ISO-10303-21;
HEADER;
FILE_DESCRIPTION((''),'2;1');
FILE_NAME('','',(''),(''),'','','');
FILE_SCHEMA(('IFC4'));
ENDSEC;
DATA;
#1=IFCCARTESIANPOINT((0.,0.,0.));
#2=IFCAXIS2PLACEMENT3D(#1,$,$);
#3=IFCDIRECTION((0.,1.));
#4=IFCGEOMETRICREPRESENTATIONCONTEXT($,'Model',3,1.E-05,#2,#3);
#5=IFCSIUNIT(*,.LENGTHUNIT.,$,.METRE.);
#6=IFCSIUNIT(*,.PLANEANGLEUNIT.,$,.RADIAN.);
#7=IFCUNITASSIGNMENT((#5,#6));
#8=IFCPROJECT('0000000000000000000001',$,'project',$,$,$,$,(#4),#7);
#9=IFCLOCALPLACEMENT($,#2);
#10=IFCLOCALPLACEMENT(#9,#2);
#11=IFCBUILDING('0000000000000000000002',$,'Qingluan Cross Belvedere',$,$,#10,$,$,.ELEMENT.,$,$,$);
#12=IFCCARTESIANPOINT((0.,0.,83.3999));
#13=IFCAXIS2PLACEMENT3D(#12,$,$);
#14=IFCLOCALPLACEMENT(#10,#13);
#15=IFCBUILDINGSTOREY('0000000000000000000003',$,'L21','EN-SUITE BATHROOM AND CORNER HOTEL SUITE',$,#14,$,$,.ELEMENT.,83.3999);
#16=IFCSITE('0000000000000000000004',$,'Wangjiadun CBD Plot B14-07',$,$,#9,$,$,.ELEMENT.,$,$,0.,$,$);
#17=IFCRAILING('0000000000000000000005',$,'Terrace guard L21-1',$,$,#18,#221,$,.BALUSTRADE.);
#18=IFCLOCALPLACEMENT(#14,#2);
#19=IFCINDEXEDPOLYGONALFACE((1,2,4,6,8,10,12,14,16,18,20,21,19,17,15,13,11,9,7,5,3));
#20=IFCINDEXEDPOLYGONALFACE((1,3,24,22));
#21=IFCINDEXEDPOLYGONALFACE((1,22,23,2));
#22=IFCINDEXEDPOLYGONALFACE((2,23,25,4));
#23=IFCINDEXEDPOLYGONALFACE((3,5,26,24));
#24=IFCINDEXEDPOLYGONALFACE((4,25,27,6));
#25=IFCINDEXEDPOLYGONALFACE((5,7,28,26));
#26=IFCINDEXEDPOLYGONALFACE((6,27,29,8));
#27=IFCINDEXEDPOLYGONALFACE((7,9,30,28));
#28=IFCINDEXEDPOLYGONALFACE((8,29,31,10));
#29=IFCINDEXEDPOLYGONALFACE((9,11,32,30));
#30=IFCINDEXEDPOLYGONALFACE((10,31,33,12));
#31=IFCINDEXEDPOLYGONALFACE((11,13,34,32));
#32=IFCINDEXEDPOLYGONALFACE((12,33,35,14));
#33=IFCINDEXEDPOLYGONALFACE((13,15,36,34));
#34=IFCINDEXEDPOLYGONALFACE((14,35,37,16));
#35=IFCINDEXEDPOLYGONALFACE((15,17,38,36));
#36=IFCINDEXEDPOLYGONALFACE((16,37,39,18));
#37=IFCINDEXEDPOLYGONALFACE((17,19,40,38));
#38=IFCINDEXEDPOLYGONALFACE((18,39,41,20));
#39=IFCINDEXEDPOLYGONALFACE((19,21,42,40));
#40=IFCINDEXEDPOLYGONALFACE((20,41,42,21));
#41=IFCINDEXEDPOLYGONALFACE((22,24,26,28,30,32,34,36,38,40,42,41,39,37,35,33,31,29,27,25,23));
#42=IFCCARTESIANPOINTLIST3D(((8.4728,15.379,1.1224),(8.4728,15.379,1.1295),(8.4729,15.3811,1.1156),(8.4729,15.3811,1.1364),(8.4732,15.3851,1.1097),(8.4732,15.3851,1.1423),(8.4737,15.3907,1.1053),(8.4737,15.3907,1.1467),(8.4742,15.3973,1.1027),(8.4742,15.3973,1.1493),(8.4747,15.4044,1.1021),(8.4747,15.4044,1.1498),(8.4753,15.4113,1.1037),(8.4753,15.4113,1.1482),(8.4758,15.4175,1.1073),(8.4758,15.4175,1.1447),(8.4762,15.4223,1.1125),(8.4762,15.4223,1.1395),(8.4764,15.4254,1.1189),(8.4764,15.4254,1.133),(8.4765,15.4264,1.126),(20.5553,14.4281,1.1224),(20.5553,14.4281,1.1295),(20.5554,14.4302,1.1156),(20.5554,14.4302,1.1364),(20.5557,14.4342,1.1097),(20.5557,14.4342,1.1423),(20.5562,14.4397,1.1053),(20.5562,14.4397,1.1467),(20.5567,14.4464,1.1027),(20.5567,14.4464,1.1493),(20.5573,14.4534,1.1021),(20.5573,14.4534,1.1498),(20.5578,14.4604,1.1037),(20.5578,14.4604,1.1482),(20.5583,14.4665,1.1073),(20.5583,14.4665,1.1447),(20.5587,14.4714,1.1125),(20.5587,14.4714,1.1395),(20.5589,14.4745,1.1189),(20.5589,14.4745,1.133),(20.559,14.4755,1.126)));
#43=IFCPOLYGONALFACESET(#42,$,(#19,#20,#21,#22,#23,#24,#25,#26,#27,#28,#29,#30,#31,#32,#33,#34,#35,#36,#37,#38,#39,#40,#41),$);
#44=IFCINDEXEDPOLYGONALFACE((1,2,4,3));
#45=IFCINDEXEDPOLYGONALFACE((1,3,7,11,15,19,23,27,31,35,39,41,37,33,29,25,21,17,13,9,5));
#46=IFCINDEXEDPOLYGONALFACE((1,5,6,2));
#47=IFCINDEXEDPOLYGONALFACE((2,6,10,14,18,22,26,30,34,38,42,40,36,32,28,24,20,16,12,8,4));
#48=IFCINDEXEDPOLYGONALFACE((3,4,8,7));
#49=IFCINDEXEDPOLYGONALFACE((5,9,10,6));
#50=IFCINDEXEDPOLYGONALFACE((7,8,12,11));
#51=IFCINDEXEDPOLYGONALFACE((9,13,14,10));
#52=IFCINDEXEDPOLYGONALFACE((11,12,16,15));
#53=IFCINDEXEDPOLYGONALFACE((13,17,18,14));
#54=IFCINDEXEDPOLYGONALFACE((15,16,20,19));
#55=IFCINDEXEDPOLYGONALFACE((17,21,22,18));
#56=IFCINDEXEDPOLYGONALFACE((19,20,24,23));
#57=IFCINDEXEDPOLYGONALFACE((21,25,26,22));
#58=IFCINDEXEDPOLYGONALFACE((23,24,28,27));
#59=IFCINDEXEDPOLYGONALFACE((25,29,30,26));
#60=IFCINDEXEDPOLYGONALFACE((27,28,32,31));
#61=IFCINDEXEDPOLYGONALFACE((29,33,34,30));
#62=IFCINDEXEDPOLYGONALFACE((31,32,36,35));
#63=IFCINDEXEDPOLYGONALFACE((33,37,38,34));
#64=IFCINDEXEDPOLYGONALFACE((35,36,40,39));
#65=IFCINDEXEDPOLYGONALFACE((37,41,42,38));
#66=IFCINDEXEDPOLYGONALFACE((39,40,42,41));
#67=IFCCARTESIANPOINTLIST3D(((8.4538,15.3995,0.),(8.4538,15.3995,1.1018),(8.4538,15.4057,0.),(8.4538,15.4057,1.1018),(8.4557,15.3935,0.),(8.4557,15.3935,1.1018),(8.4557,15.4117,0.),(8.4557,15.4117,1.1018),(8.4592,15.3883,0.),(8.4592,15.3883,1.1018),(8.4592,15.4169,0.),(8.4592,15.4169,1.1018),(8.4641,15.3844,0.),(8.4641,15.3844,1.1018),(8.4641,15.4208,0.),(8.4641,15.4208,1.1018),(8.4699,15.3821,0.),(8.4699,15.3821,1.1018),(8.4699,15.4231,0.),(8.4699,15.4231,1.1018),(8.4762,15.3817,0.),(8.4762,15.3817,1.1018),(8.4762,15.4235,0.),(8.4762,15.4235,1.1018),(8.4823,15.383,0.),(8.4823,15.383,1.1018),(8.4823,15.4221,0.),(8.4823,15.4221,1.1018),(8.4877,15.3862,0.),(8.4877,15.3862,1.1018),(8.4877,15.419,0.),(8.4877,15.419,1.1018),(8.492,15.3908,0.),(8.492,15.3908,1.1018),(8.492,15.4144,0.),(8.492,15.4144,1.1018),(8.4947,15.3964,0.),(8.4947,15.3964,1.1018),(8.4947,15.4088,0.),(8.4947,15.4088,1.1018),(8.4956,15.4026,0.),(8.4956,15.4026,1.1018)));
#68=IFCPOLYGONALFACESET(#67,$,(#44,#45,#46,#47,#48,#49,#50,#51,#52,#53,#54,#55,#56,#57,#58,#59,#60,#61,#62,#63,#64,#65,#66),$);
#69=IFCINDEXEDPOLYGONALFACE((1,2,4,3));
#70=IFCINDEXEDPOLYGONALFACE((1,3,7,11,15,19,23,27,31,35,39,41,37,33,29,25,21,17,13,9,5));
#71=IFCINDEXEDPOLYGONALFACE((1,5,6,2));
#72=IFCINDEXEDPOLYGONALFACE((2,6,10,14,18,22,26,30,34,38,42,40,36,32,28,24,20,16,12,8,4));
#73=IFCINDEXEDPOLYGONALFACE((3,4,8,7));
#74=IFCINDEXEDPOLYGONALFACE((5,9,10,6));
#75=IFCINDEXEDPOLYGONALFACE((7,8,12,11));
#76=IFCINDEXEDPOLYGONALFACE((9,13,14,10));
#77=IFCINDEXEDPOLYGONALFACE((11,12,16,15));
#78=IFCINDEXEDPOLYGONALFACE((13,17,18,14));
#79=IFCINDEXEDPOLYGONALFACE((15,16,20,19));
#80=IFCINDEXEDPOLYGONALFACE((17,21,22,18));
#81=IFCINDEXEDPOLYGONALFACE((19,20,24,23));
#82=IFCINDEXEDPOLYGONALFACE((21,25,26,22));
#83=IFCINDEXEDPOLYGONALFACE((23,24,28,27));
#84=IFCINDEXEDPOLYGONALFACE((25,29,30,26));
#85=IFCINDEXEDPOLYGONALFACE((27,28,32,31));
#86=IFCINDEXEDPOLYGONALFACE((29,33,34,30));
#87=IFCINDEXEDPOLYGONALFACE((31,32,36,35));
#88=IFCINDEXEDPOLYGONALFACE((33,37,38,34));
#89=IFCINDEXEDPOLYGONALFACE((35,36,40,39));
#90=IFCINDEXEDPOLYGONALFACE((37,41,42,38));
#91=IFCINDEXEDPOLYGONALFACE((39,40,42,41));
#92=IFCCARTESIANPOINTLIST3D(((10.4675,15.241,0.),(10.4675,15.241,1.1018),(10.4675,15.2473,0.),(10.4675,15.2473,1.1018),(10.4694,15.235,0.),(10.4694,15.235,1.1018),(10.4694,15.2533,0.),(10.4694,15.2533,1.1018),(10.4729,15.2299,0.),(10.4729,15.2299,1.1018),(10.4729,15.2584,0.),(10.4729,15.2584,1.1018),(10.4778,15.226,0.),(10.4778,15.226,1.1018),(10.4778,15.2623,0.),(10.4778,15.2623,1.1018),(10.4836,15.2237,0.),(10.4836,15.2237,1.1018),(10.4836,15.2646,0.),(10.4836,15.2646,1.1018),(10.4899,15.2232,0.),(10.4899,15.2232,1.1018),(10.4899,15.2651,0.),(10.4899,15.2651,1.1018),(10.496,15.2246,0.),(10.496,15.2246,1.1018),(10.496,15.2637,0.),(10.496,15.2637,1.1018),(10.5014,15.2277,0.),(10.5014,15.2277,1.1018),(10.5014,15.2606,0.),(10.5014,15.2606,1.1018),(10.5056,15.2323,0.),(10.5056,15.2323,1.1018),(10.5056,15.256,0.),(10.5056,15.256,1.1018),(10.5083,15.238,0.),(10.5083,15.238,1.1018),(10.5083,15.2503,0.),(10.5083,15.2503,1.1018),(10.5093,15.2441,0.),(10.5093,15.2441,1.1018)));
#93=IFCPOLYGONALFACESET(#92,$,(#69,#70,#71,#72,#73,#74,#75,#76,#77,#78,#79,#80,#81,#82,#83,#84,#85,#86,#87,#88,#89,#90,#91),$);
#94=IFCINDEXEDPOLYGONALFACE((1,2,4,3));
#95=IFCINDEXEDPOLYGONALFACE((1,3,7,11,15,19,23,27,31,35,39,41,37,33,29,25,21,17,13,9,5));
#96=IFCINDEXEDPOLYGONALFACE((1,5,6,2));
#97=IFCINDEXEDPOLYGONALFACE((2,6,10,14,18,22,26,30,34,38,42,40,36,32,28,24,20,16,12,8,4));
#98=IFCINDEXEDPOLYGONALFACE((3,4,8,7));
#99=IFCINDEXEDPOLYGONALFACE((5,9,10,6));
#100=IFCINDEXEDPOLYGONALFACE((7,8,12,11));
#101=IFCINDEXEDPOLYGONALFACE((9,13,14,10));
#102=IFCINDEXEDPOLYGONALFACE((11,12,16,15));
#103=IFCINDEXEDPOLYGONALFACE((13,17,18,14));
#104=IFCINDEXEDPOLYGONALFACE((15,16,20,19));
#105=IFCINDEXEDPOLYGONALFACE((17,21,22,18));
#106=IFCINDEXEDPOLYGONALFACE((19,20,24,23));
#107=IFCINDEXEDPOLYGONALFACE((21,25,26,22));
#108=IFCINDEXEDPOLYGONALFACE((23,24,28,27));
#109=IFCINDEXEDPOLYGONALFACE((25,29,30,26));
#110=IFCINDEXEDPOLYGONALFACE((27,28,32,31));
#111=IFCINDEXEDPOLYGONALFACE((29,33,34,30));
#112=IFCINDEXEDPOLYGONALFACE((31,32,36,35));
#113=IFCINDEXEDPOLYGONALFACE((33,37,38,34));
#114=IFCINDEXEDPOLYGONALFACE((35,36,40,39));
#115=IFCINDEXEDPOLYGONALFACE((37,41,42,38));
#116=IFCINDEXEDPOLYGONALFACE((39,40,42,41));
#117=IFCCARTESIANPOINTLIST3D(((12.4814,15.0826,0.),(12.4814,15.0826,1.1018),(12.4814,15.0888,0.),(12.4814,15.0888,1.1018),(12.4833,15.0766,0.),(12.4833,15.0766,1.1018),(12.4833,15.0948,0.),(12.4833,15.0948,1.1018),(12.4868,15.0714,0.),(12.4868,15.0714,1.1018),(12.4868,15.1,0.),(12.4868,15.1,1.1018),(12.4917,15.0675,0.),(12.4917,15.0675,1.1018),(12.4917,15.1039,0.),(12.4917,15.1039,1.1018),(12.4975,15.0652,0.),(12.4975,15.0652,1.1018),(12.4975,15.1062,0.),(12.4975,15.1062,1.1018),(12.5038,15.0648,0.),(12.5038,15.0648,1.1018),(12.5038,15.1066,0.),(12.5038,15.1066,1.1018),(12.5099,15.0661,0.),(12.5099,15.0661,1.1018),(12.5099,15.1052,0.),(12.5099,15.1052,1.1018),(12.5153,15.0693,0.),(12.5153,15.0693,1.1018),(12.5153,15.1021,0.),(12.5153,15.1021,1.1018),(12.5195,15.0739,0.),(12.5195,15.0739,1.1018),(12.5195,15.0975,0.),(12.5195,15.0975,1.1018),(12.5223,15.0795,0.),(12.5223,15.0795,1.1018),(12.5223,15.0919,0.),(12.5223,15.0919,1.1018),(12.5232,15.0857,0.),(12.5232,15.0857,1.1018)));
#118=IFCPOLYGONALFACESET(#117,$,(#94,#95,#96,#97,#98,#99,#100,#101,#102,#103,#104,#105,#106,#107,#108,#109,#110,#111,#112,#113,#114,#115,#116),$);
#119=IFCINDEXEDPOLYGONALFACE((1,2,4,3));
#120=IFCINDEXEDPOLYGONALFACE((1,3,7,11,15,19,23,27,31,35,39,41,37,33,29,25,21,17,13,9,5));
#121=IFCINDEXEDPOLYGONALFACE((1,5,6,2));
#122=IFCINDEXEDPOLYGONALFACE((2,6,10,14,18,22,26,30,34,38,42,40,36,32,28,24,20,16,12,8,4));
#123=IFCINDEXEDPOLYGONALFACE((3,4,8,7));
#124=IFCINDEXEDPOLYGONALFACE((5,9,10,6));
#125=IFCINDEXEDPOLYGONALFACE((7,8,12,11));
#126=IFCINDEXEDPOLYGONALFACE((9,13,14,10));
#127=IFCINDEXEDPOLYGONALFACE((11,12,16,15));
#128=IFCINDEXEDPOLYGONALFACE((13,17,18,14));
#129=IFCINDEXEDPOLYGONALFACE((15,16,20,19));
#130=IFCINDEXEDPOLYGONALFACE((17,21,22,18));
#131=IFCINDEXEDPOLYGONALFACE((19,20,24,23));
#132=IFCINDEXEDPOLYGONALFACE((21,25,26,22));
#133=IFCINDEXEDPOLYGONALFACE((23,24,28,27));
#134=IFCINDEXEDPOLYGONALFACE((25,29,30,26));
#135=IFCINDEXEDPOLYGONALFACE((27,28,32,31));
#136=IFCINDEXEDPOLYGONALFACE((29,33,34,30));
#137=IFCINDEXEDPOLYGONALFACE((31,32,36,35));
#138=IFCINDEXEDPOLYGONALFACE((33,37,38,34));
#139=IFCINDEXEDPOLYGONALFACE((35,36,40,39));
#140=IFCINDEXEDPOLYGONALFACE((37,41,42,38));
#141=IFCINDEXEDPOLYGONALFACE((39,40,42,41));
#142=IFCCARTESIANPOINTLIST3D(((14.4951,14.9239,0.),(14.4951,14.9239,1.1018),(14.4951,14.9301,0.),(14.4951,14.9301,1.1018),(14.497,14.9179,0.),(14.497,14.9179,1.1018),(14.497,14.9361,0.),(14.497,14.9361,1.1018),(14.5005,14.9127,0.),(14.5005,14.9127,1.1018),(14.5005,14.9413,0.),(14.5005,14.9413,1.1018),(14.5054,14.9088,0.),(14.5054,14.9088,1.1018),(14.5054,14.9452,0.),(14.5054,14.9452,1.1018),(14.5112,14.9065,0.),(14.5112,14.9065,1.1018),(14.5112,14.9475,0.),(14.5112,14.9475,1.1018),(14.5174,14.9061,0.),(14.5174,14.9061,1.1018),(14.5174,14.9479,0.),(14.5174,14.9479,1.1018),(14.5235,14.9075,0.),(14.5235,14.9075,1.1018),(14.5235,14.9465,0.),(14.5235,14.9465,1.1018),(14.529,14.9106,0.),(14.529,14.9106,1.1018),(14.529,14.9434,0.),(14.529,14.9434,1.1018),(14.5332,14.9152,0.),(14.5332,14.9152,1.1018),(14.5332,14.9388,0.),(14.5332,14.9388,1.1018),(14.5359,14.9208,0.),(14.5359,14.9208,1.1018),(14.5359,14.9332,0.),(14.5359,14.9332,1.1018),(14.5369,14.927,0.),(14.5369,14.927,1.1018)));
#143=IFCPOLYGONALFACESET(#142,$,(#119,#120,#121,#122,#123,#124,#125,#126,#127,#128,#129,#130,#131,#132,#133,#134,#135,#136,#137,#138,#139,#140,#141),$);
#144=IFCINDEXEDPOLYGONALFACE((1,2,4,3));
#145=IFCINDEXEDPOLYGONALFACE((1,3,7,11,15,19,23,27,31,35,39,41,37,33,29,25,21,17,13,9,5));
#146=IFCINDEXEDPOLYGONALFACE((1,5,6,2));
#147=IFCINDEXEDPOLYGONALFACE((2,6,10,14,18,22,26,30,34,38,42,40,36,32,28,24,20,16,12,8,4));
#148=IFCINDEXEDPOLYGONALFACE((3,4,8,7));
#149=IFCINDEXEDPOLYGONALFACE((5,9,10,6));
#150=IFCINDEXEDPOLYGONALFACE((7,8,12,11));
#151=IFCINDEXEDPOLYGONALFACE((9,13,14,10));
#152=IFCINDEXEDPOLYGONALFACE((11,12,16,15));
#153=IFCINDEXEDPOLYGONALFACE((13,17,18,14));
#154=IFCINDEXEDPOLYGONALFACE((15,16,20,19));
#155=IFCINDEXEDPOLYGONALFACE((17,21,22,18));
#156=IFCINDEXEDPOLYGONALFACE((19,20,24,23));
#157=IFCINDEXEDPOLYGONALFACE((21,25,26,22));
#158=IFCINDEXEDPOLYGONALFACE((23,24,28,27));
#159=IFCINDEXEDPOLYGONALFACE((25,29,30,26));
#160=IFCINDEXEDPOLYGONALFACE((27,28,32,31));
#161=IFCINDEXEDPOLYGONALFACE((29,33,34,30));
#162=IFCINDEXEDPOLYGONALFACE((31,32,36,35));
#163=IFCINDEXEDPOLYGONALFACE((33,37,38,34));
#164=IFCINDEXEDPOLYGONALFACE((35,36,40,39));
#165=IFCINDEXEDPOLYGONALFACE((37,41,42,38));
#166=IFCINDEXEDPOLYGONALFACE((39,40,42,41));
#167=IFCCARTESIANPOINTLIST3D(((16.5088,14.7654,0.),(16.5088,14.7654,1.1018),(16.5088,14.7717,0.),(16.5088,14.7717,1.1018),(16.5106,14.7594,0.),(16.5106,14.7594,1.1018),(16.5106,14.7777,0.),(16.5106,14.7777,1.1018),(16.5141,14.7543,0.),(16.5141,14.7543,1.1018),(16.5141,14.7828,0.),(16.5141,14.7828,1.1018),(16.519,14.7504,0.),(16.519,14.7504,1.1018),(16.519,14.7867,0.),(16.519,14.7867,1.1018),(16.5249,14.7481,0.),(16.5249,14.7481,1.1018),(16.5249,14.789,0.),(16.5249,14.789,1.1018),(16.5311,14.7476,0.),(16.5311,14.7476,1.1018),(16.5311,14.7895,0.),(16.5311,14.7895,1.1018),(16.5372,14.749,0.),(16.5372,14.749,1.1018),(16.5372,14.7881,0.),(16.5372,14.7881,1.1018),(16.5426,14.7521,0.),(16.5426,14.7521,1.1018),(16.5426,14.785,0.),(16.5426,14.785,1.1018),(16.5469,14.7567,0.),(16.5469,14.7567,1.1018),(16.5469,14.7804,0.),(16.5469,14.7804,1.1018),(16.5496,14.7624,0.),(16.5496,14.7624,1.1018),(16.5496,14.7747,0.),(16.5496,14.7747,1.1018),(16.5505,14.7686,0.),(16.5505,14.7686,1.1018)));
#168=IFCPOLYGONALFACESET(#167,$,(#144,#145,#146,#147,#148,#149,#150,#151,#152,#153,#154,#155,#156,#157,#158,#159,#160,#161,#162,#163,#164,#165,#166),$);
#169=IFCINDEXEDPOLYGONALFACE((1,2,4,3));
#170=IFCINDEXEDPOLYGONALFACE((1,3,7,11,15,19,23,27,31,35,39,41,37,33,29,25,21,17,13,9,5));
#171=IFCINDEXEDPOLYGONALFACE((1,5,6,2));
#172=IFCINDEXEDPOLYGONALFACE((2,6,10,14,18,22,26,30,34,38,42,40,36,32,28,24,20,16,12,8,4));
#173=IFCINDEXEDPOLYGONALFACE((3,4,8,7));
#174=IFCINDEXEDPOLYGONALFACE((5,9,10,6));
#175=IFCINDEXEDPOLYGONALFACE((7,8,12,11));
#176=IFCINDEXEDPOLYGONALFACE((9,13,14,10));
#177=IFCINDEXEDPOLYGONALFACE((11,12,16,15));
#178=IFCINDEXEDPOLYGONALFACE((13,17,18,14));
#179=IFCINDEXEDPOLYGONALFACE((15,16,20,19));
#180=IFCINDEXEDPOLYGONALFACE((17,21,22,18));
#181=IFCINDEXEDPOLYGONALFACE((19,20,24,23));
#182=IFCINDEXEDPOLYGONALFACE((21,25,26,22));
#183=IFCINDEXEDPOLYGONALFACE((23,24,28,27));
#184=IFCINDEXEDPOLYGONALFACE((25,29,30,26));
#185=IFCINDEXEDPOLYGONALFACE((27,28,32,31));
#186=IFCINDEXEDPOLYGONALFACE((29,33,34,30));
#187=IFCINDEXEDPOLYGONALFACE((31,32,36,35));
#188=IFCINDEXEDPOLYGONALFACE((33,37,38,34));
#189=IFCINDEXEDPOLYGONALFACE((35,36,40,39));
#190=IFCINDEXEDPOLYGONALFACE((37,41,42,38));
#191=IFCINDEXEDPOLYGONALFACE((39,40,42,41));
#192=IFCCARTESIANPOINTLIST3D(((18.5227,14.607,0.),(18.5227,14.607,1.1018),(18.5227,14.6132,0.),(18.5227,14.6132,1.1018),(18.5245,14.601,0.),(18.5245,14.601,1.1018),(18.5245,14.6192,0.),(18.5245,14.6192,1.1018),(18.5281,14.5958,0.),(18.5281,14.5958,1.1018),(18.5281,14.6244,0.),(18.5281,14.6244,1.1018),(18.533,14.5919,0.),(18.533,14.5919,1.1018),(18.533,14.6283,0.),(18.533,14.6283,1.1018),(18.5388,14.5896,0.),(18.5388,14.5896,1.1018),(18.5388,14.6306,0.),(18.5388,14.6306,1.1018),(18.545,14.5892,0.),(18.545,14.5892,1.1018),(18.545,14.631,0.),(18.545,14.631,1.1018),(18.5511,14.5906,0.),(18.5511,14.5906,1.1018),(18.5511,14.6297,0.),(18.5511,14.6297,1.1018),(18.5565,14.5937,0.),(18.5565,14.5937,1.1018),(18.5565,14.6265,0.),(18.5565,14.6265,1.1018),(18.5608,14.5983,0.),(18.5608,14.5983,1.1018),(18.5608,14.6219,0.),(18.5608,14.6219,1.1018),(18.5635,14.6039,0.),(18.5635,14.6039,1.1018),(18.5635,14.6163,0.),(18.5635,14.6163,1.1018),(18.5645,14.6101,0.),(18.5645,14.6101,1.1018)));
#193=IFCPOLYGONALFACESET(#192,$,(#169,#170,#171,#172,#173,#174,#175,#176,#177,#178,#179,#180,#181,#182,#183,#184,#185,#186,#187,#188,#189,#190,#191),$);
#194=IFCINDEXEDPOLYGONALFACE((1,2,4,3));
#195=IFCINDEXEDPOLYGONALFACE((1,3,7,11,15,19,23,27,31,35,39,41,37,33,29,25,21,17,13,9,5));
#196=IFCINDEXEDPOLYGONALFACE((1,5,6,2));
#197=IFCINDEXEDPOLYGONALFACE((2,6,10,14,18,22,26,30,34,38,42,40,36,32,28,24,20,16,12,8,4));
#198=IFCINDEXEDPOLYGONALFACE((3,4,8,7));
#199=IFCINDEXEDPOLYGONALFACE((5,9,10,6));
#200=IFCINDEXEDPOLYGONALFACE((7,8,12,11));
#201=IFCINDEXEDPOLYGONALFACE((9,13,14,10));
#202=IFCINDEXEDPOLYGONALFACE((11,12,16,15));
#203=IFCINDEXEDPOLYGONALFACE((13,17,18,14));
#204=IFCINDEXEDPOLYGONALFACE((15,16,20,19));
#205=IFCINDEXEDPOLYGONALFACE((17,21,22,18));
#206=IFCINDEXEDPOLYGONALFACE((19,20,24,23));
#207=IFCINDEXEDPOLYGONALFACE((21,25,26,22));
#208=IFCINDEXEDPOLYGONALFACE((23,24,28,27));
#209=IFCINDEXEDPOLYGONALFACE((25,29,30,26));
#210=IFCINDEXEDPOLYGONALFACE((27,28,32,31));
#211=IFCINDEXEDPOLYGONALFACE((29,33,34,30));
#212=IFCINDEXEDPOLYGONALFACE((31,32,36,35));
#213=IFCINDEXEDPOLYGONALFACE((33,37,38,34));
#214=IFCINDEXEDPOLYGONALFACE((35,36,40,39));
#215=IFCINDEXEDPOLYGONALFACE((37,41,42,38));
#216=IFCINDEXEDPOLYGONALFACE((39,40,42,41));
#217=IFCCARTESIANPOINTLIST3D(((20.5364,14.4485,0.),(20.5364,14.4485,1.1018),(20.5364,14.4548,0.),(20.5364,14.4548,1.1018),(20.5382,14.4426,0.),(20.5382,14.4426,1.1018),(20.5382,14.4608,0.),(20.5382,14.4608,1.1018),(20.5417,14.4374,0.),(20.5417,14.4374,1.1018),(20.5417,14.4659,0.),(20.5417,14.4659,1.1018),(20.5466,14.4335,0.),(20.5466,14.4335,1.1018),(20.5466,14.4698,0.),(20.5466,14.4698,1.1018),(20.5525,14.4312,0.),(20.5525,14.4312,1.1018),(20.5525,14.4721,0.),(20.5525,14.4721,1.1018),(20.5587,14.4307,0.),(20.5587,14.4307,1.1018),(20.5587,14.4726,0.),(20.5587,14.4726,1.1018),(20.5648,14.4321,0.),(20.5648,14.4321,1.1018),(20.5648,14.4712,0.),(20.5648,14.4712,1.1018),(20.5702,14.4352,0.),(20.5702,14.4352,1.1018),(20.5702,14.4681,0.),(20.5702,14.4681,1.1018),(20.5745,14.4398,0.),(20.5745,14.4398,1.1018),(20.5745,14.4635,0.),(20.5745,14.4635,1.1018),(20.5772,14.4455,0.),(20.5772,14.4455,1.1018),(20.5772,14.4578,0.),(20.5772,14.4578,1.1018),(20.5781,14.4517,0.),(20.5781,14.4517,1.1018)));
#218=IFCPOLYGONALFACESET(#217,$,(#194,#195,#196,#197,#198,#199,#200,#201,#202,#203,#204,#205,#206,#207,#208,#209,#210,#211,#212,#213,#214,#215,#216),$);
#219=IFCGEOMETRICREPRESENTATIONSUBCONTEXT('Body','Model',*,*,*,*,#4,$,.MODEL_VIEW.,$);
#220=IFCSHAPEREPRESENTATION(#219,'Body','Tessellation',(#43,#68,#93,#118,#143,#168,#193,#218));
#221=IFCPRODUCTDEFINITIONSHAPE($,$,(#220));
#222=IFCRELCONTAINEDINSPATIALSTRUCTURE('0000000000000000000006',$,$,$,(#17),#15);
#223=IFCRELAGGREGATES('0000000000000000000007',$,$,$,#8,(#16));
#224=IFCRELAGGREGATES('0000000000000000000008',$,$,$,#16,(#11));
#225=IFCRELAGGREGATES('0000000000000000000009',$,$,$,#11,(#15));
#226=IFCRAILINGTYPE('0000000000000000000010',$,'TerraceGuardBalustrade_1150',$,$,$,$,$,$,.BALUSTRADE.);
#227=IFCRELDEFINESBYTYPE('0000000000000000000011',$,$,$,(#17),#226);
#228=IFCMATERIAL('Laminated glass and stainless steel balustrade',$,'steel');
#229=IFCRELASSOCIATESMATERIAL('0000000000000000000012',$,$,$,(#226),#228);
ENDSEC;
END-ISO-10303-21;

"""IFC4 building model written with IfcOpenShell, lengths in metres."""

from ifc_helpers import new_model, si_unit, direction, frame, origin, origin_2d, place, context, subcontext, project, spatial, circle, extrude, material, type_object, element, save


model = new_model("IFC4")

# Units and contexts
model_context = context("Model", 3, precision=1e-05, world=origin(), true_north=direction((0.0, 1.0)))
body_context = subcontext(model_context, "Body", "Model", "MODEL_VIEW")
ifc_project = project(units=[si_unit("LENGTHUNIT", "METRE"), si_unit("PLANEANGLEUNIT", "RADIAN")], contexts=[model_context])

# Site, building, storey
site_placement = place(None, origin())
site = spatial("IfcSite", under=ifc_project, at=site_placement, Name="Wangjiadun CBD Plot B14-07", CompositionType="ELEMENT", RefElevation=0.0)
building_placement = place(site_placement, origin())
building = spatial("IfcBuilding", under=site, at=building_placement, Name="Qingluan Cross Belvedere", CompositionType="ELEMENT")
storey_placement = place(building_placement, frame((0.0, 0.0, 83.3999)))
storey = spatial("IfcBuildingStorey", under=building, at=storey_placement, Name="L21", Description="EN-SUITE BATHROOM AND CORNER HOTEL SUITE", CompositionType="ELEMENT", Elevation=83.3999)

# Railing
ifc_material_1 = material(Name="Laminated glass and stainless steel balustrade", Category="steel")
railing_type = type_object("IfcRailingType", Name="TerraceGuardBalustrade_1150", PredefinedType="BALUSTRADE", material=ifc_material_1)
railing_1_placement = place(storey_placement, frame((8.4746, 15.4026, 0.0)))
element("IfcRailing", 1, at=railing_1_placement, inside=storey, type_object=railing_type, Name="Terrace guard L21-1", PredefinedType="BALUSTRADE", context=body_context, shape_type="SweptSolid", body=[
    extrude(circle(Radius=0.0239, at=origin_2d()), frame((0.0, 0.0, 1.126), z_axis=(0.996917, -0.07846, 0.0), x_axis=(0.07846, 0.996917, 0.0)), (0.0, 0.0, 1.0), 12.1199),
    extrude(circle(Radius=0.021, at=origin_2d()), origin(), (0.0, 0.0, 1.0), 1.1018),
    extrude(circle(Radius=0.021, at=origin_2d()), frame((2.0137, -0.1584, 0.0)), (0.0, 0.0, 1.0), 1.1018),
    extrude(circle(Radius=0.021, at=origin_2d()), frame((4.0276, -0.3169, 0.0)), (0.0, 0.0, 1.0), 1.1018),
    extrude(circle(Radius=0.021, at=origin_2d()), frame((6.0413, -0.4756, 0.0)), (0.0, 0.0, 1.0), 1.1018),
    extrude(circle(Radius=0.021, at=origin_2d()), frame((8.0549, -0.634, 0.0)), (0.0, 0.0, 1.0), 1.1018),
    extrude(circle(Radius=0.021, at=origin_2d()), frame((10.0688, -0.7925, 0.0)), (0.0, 0.0, 1.0), 1.1018),
    extrude(circle(Radius=0.021, at=origin_2d()), frame((12.0825, -0.9509, 0.0)), (0.0, 0.0, 1.0), 1.1018),
])

save(model, "model.ifc")
